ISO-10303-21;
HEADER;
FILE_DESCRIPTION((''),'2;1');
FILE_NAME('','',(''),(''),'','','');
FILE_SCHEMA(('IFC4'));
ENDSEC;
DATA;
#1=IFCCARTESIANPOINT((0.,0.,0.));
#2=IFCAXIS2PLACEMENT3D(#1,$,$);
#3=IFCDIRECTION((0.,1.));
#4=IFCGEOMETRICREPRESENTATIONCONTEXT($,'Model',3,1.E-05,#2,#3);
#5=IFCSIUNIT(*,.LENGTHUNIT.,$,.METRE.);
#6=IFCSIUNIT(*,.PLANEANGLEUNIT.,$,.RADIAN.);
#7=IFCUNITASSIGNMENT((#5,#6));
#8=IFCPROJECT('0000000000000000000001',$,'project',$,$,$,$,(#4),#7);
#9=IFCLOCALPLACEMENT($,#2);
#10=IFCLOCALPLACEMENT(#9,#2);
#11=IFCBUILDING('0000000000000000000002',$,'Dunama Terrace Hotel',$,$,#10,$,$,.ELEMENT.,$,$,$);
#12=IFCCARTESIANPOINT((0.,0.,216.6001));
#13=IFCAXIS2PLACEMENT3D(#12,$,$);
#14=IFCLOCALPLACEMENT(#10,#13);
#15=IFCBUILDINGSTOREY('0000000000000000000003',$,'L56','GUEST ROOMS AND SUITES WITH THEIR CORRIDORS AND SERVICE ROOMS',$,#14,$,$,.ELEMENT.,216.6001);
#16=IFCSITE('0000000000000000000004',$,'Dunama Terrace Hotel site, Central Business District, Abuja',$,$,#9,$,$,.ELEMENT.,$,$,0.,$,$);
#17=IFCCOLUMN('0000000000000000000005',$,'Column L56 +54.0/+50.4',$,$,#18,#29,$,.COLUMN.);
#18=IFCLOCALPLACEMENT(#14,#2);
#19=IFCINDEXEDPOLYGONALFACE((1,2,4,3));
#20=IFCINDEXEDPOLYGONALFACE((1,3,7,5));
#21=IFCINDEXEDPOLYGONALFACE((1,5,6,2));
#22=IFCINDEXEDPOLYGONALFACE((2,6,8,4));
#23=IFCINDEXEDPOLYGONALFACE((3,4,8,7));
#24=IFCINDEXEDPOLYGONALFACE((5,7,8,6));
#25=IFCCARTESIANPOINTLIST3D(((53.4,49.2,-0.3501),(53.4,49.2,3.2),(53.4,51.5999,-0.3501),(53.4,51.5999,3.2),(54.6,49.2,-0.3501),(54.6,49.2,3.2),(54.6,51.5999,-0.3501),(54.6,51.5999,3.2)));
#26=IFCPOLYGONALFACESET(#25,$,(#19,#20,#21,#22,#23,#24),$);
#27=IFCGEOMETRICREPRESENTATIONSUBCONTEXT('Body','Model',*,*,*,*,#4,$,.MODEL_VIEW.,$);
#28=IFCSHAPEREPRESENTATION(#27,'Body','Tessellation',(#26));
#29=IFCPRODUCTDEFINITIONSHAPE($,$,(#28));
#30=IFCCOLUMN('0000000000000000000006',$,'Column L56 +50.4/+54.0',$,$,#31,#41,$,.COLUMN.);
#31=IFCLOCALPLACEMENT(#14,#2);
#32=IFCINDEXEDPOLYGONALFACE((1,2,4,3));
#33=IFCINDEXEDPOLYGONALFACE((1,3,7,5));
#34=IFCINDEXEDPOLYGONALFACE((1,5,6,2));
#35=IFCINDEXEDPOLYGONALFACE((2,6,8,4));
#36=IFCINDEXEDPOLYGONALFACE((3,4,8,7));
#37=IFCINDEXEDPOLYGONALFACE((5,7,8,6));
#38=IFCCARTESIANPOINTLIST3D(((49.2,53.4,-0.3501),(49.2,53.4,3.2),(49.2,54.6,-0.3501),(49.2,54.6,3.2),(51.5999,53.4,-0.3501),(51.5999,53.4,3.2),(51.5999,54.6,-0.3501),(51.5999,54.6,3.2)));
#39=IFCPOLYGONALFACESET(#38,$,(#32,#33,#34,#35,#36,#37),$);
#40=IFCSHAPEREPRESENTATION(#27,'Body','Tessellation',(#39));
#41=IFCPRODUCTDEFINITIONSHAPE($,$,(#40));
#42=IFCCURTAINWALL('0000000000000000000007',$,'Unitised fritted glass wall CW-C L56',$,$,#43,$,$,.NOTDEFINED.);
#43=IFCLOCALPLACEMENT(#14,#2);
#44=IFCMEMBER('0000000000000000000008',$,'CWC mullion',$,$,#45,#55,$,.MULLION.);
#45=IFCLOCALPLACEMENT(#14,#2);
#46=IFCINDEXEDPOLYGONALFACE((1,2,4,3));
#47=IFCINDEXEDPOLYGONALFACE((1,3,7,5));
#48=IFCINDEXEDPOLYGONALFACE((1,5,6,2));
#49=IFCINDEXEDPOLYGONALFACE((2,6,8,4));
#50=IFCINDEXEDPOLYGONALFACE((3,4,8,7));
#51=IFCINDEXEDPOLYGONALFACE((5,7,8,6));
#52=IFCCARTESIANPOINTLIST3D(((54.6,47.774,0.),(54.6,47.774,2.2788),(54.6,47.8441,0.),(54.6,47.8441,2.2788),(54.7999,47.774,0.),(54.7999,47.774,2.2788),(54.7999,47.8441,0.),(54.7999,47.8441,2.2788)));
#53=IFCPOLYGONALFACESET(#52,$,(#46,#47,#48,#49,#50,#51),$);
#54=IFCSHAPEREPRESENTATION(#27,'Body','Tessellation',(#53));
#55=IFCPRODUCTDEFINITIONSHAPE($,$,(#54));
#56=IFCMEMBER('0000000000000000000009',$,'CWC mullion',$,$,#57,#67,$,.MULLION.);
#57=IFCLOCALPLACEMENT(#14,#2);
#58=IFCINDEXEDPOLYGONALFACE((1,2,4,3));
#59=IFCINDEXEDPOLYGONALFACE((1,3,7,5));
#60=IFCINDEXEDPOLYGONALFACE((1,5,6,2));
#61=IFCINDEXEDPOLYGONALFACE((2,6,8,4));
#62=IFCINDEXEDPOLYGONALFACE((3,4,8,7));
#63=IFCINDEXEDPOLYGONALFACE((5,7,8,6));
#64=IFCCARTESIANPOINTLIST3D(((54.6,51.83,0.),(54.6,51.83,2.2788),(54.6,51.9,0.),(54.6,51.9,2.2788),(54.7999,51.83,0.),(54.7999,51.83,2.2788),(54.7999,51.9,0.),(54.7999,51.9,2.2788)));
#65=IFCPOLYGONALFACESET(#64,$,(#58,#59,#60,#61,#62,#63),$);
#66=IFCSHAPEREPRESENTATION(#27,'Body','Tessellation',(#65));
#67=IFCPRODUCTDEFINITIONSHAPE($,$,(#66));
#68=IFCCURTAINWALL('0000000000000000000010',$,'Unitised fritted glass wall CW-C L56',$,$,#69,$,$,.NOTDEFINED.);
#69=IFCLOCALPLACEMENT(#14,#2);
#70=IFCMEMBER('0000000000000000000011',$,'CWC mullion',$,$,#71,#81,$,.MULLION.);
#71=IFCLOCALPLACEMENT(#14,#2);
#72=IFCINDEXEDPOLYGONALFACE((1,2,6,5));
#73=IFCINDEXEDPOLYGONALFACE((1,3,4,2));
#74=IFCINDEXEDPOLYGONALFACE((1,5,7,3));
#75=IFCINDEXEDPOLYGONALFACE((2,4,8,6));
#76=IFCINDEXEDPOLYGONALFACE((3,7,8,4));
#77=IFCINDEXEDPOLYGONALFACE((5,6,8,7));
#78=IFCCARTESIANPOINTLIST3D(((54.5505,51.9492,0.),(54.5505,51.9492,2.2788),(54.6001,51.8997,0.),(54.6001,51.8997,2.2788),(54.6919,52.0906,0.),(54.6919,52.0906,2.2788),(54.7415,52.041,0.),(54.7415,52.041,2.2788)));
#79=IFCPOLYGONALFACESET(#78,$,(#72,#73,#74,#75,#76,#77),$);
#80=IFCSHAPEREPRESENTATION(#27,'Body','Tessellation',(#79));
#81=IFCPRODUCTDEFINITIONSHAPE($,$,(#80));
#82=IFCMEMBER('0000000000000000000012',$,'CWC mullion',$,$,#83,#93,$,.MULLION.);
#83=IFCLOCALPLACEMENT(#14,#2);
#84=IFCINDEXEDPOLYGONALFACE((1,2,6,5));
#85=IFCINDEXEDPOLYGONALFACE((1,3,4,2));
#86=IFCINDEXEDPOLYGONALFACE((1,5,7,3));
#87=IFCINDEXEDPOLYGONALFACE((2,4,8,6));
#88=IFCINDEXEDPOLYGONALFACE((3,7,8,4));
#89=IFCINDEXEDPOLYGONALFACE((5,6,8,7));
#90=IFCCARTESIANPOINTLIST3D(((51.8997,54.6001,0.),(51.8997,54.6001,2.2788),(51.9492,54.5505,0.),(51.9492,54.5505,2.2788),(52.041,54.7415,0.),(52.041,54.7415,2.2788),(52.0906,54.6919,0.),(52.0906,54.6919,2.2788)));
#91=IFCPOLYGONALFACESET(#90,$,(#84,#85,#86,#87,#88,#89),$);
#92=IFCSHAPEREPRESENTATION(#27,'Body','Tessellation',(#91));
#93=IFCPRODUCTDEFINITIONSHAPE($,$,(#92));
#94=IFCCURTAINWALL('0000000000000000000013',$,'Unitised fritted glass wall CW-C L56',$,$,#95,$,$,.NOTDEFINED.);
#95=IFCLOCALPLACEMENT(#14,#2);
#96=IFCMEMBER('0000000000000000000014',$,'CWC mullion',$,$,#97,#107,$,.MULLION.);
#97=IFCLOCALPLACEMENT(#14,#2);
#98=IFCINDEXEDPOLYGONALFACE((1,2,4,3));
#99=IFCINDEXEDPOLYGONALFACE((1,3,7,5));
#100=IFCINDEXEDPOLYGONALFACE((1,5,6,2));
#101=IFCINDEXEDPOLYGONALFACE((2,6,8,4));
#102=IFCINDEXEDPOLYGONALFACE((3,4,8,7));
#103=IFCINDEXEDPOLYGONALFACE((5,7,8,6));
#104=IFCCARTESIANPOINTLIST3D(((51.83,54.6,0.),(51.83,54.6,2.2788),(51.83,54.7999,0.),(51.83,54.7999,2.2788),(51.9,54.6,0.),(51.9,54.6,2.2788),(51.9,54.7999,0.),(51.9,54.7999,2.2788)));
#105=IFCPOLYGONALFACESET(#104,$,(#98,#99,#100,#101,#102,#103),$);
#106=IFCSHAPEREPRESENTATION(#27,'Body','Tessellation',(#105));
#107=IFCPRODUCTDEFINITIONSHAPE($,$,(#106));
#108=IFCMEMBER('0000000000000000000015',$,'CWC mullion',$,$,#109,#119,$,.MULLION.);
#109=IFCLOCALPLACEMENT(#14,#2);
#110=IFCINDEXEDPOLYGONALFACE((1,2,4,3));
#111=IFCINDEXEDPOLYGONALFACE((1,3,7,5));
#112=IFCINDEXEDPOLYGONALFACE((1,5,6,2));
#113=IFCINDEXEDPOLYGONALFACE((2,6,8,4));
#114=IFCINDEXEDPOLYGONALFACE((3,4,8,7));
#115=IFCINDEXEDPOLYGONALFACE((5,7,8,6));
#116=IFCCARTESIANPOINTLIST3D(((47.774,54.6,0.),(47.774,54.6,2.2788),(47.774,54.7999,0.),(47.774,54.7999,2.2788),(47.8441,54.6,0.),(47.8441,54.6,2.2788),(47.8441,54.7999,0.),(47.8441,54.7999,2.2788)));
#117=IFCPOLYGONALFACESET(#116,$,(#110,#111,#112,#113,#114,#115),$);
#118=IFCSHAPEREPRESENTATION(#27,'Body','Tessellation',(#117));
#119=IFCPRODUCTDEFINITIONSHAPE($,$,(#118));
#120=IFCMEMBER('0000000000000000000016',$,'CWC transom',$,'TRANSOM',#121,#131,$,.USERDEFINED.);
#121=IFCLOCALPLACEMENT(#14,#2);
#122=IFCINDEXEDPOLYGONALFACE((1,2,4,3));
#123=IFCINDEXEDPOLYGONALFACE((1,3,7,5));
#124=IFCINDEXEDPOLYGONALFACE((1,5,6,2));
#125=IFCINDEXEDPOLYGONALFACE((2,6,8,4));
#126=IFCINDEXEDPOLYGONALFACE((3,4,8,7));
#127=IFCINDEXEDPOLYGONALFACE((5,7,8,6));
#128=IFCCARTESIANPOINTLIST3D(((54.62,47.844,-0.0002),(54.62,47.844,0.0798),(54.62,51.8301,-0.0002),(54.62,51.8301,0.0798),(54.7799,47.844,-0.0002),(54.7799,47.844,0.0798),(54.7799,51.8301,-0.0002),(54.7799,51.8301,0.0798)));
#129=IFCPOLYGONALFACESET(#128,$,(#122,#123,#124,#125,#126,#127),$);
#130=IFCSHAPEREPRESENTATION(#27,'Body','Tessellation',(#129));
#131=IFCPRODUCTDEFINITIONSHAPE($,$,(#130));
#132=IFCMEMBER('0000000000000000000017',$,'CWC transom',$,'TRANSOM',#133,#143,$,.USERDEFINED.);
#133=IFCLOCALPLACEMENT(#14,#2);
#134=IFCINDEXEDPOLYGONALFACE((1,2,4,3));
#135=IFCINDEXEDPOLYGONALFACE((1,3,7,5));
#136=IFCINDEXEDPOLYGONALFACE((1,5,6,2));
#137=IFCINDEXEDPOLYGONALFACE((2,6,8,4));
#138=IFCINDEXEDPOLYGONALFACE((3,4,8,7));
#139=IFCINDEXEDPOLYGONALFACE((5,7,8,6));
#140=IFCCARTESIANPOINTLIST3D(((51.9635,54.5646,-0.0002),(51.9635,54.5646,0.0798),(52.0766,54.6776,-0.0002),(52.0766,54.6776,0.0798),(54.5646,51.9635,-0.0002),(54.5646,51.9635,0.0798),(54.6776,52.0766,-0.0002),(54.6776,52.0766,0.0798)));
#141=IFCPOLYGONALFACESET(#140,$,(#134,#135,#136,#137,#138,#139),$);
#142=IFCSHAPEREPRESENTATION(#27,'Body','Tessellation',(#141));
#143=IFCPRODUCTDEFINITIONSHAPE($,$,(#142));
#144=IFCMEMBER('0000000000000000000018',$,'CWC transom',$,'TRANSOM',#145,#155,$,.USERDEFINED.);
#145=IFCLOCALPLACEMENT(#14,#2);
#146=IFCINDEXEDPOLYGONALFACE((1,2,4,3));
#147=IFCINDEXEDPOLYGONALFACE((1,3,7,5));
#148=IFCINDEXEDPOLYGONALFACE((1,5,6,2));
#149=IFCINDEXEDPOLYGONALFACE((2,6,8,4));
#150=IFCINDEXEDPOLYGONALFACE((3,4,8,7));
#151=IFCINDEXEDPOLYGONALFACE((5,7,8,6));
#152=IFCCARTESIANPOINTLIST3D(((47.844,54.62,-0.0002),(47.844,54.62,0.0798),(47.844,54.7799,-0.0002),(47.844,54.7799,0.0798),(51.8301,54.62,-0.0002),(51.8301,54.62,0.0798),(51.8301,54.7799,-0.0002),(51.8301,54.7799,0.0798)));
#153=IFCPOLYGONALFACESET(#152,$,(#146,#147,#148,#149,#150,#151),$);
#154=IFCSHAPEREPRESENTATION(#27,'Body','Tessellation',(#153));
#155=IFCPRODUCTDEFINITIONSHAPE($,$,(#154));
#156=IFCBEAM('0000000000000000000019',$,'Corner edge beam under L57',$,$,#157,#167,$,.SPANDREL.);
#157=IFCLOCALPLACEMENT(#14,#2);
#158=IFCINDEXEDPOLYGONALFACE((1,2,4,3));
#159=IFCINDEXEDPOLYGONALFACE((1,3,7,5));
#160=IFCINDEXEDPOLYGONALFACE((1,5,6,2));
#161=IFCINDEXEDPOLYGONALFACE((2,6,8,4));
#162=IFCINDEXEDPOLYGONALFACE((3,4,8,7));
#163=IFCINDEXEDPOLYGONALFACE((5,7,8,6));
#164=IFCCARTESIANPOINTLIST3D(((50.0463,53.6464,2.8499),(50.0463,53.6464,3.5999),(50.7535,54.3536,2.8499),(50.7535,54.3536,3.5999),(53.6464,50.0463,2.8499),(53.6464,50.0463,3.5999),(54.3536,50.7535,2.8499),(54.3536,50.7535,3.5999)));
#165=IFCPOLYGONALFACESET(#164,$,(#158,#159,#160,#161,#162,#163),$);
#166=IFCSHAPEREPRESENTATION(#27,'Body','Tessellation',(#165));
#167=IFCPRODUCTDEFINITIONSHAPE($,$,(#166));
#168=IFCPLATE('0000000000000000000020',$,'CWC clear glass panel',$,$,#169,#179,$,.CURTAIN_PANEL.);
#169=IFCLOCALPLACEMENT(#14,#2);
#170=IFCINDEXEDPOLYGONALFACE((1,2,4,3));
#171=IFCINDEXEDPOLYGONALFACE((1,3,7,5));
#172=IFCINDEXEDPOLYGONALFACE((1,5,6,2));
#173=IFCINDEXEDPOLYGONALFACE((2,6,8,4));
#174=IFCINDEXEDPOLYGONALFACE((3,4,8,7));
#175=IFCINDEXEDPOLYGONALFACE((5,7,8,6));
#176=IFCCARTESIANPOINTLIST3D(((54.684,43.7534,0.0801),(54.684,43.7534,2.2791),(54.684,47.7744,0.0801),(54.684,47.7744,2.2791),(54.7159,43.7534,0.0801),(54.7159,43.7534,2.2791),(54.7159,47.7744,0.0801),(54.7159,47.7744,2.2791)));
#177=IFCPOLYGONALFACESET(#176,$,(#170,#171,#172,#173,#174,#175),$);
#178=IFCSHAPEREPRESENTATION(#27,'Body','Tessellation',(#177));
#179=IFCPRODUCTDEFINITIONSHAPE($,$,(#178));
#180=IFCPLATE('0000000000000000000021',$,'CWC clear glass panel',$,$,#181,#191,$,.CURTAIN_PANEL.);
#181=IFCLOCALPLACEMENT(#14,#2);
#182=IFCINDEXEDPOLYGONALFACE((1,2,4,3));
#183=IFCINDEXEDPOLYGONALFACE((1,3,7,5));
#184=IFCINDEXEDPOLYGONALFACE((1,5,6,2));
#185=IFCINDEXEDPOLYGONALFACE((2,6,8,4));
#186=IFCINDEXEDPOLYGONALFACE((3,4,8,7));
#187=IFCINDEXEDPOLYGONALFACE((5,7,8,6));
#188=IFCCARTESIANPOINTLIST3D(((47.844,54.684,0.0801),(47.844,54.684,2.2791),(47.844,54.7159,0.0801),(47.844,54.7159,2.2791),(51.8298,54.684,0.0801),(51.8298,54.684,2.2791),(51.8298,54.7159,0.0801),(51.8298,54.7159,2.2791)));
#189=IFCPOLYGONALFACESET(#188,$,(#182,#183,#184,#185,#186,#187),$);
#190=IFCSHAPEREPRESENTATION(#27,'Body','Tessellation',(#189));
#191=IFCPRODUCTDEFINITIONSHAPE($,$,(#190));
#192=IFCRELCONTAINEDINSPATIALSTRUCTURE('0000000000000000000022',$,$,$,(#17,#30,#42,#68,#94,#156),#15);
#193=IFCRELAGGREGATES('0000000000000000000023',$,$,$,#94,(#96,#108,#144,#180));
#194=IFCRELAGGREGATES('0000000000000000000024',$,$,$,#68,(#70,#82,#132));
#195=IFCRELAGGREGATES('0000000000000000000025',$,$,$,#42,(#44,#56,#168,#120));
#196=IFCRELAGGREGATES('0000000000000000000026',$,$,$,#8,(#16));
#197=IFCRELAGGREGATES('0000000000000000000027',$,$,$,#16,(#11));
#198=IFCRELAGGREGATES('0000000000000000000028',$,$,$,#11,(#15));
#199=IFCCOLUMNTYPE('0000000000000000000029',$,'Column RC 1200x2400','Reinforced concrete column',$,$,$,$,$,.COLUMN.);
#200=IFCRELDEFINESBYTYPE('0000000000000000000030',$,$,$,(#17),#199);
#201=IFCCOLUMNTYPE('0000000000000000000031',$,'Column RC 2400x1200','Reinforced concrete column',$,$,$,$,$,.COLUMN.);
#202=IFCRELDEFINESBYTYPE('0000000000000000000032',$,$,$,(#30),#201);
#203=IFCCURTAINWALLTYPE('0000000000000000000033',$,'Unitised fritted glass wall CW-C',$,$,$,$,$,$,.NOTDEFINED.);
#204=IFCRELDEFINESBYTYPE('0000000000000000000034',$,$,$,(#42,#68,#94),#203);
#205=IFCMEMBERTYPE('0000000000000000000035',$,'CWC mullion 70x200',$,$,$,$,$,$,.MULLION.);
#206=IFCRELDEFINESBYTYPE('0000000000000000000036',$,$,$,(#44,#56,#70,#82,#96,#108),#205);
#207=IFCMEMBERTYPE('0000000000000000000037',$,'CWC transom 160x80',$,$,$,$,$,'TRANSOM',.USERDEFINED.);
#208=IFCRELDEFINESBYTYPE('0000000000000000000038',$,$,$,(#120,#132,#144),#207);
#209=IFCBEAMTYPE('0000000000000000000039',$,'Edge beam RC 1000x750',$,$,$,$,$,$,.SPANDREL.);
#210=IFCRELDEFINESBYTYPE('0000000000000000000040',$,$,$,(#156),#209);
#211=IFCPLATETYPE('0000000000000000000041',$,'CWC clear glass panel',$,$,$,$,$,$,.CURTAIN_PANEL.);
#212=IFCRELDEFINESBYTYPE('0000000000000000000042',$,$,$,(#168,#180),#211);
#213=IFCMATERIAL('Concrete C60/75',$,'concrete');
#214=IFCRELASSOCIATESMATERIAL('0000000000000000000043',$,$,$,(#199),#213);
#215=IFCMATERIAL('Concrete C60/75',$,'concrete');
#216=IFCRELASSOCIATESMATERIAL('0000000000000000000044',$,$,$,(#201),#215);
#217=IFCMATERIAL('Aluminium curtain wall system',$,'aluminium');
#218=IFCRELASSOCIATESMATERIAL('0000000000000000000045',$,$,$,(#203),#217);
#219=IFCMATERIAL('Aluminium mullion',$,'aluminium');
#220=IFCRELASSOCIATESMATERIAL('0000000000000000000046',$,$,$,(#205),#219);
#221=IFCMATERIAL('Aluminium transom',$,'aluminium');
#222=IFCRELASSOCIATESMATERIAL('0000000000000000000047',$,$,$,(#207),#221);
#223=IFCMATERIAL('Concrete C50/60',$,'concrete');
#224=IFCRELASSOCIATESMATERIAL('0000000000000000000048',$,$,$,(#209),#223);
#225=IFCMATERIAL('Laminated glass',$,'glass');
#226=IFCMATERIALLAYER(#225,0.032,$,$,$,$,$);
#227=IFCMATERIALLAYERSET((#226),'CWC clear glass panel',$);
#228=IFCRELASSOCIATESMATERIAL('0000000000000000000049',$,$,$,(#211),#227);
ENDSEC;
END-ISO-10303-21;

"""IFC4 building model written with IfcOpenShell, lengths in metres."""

from ifc_helpers import new_model, si_unit, direction, frame, origin, origin_2d, place, context, subcontext, project, spatial, rectangle, extrude, material, layer, layer_set, material_profile, profile_set, type_object, element, aggregate, save


model = new_model("IFC4")

# Units and contexts
model_context = context("Model", 3, precision=1e-05, world=origin(), true_north=direction((0.0, 1.0)))
body_context = subcontext(model_context, "Body", "Model", "MODEL_VIEW")
ifc_project = project(units=[si_unit("LENGTHUNIT", "METRE"), si_unit("PLANEANGLEUNIT", "RADIAN")], contexts=[model_context])

# Site, building, storey
site_placement = place(None, origin())
site = spatial("IfcSite", under=ifc_project, at=site_placement, Name="Dunama Terrace Hotel site, Central Business District, Abuja", CompositionType="ELEMENT", RefElevation=0.0)
building_placement = place(site_placement, origin())
building = spatial("IfcBuilding", under=site, at=building_placement, Name="Dunama Terrace Hotel", CompositionType="ELEMENT")
storey_placement = place(building_placement, frame((0.0, 0.0, 216.6001)))
storey = spatial("IfcBuildingStorey", under=building, at=storey_placement, Name="L56", Description="GUEST ROOMS AND SUITES WITH THEIR CORRIDORS AND SERVICE ROOMS", CompositionType="ELEMENT", Elevation=216.6001)

# Columns
ifc_material_1 = material(Name="Concrete C60/75", Category="concrete")
ifc_material_profile_1 = material_profile(ifc_material_1, rectangle(XDim=1.2, YDim=2.3999, at=origin_2d()), Name="RC 1200x2400")
ifc_profile_set_1 = profile_set([ifc_material_profile_1], Name="Concrete C60/75")
column_type_1 = type_object("IfcColumnType", Name="Column RC 1200x2400", Description="Reinforced concrete column", PredefinedType="COLUMN", material=ifc_profile_set_1)
column_1_placement = place(storey_placement, frame((54.0, 50.3999, -0.3501), z_axis=(0.0, 0.0, 1.0), x_axis=(1.0, 0.0, 0.0)))
element("IfcColumn", 1, at=column_1_placement, inside=storey, type_object=column_type_1, Name="Column L56 +54.0/+50.4", PredefinedType="COLUMN", context=body_context, shape_type="SweptSolid", body=[
    extrude(rectangle(XDim=1.2, YDim=2.3999, at=origin_2d()), origin(), (0.0, 0.0, 1.0), 3.55),
])
ifc_material_2 = material(Name="Concrete C60/75", Category="concrete")
ifc_material_profile_2 = material_profile(ifc_material_2, rectangle(XDim=2.3999, YDim=1.2, at=origin_2d()), Name="RC 2400x1200")
ifc_profile_set_2 = profile_set([ifc_material_profile_2], Name="Concrete C60/75")
column_type_2 = type_object("IfcColumnType", Name="Column RC 2400x1200", Description="Reinforced concrete column", PredefinedType="COLUMN", material=ifc_profile_set_2)
column_2_placement = place(storey_placement, frame((50.3999, 54.0, -0.3501), z_axis=(0.0, 0.0, 1.0), x_axis=(1.0, 0.0, 0.0)))
element("IfcColumn", 2, at=column_2_placement, inside=storey, type_object=column_type_2, Name="Column L56 +50.4/+54.0", PredefinedType="COLUMN", context=body_context, shape_type="SweptSolid", body=[
    extrude(rectangle(XDim=2.3999, YDim=1.2, at=origin_2d()), origin(), (0.0, 0.0, 1.0), 3.55),
])

# Curtain walls, members
ifc_material_3 = material(Name="Aluminium curtain wall system", Category="aluminium")
curtain_wall_type = type_object("IfcCurtainWallType", Name="Unitised fritted glass wall CW-C", PredefinedType="NOTDEFINED", material=ifc_material_3)
curtain_wall_1_placement = place(storey_placement, origin())
curtain_wall_1 = element("IfcCurtainWall", 3, at=curtain_wall_1_placement, inside=storey, type_object=curtain_wall_type, Name="Unitised fritted glass wall CW-C L56", PredefinedType="NOTDEFINED")
ifc_material_4 = material(Name="Aluminium mullion", Category="aluminium")
ifc_material_profile_3 = material_profile(ifc_material_4, rectangle(XDim=0.0701, YDim=0.2, at=origin_2d()), Name="CWC MULLION 70X200")
ifc_profile_set_3 = profile_set([ifc_material_profile_3], Name="Aluminium mullion")
member_type_1 = type_object("IfcMemberType", Name="CWC mullion 70x200", PredefinedType="MULLION", material=ifc_profile_set_3)
member_1_placement = place(storey_placement, frame((54.7, 47.8091, 0.0), z_axis=(0.0, 0.0, 1.0), x_axis=(0.0, 1.0, 0.0)))
member_1 = element("IfcMember", 4, at=member_1_placement, type_object=member_type_1, Name="CWC mullion", PredefinedType="MULLION", context=body_context, shape_type="SweptSolid", body=[
    extrude(rectangle(XDim=0.0701, YDim=0.2, at=origin_2d()), origin(), (0.0, 0.0, 1.0), 2.2788),
])
member_2_placement = place(storey_placement, frame((54.7, 51.865, 0.0), z_axis=(0.0, 0.0, 1.0), x_axis=(0.0, 1.0, 0.0)))
member_2 = element("IfcMember", 5, at=member_2_placement, type_object=member_type_1, Name="CWC mullion", PredefinedType="MULLION", context=body_context, shape_type="SweptSolid", body=[
    extrude(rectangle(XDim=0.0701, YDim=0.2, at=origin_2d()), origin(), (0.0, 0.0, 1.0), 2.2788),
])
curtain_wall_2_placement = place(storey_placement, origin())
curtain_wall_2 = element("IfcCurtainWall", 6, at=curtain_wall_2_placement, inside=storey, type_object=curtain_wall_type, Name="Unitised fritted glass wall CW-C L56", PredefinedType="NOTDEFINED")
member_3_placement = place(storey_placement, frame((54.646, 51.9951, 0.0), z_axis=(0.0, 0.0, 1.0), x_axis=(-0.707107, 0.707107, 0.0)))
member_3 = element("IfcMember", 7, at=member_3_placement, type_object=member_type_1, Name="CWC mullion", PredefinedType="MULLION", context=body_context, shape_type="SweptSolid", body=[
    extrude(rectangle(XDim=0.0701, YDim=0.2, at=origin_2d()), origin(), (0.0, 0.0, 1.0), 2.2788),
])
member_4_placement = place(storey_placement, frame((51.9951, 54.646, 0.0), z_axis=(0.0, 0.0, 1.0), x_axis=(-0.707107, 0.707107, 0.0)))
member_4 = element("IfcMember", 8, at=member_4_placement, type_object=member_type_1, Name="CWC mullion", PredefinedType="MULLION", context=body_context, shape_type="SweptSolid", body=[
    extrude(rectangle(XDim=0.0701, YDim=0.2, at=origin_2d()), origin(), (0.0, 0.0, 1.0), 2.2788),
])
curtain_wall_3_placement = place(storey_placement, origin())
curtain_wall_3 = element("IfcCurtainWall", 9, at=curtain_wall_3_placement, inside=storey, type_object=curtain_wall_type, Name="Unitised fritted glass wall CW-C L56", PredefinedType="NOTDEFINED")
member_5_placement = place(storey_placement, frame((51.865, 54.7, 0.0), z_axis=(0.0, 0.0, 1.0), x_axis=(-1.0, 0.0, 0.0)))
member_5 = element("IfcMember", 10, at=member_5_placement, type_object=member_type_1, Name="CWC mullion", PredefinedType="MULLION", context=body_context, shape_type="SweptSolid", body=[
    extrude(rectangle(XDim=0.0701, YDim=0.2, at=origin_2d()), origin(), (0.0, 0.0, 1.0), 2.2788),
])
member_6_placement = place(storey_placement, frame((47.8091, 54.7, 0.0), z_axis=(0.0, 0.0, 1.0), x_axis=(-1.0, 0.0, 0.0)))
member_6 = element("IfcMember", 11, at=member_6_placement, type_object=member_type_1, Name="CWC mullion", PredefinedType="MULLION", context=body_context, shape_type="SweptSolid", body=[
    extrude(rectangle(XDim=0.0701, YDim=0.2, at=origin_2d()), origin(), (0.0, 0.0, 1.0), 2.2788),
])

# Members
ifc_material_5 = material(Name="Aluminium transom", Category="aluminium")
ifc_material_profile_4 = material_profile(ifc_material_5, rectangle(XDim=0.1599, YDim=0.0801, at=origin_2d()), Name="CWC TRANSOM 160X80")
ifc_profile_set_4 = profile_set([ifc_material_profile_4], Name="Aluminium transom")
member_type_2 = type_object("IfcMemberType", Name="CWC transom 160x80", ElementType="TRANSOM", PredefinedType="USERDEFINED", material=ifc_profile_set_4)
member_7_placement = place(storey_placement, frame((54.7, 47.844, 0.0398), z_axis=(0.0, 1.0, 0.0), x_axis=(-1.0, 0.0, 0.0)))
member_7 = element("IfcMember", 12, at=member_7_placement, type_object=member_type_2, Name="CWC transom", ObjectType="TRANSOM", PredefinedType="USERDEFINED", context=body_context, shape_type="SweptSolid", body=[
    extrude(rectangle(XDim=0.1599, YDim=0.0801, at=origin_2d()), origin(), (0.0, 0.0, 1.0), 3.9861),
])
member_8_placement = place(storey_placement, frame((54.6211, 52.02, 0.0398), z_axis=(-0.707107, 0.707107, 0.0), x_axis=(-0.707107, -0.707107, 0.0)))
member_8 = element("IfcMember", 13, at=member_8_placement, type_object=member_type_2, Name="CWC transom", ObjectType="TRANSOM", PredefinedType="USERDEFINED", context=body_context, shape_type="SweptSolid", body=[
    extrude(rectangle(XDim=0.1599, YDim=0.0801, at=origin_2d()), origin(), (0.0, 0.0, 1.0), 3.6785),
])
member_9_placement = place(storey_placement, frame((51.8301, 54.7, 0.0398), z_axis=(-1.0, 0.0, 0.0), x_axis=(0.0, -1.0, 0.0)))
member_9 = element("IfcMember", 14, at=member_9_placement, type_object=member_type_2, Name="CWC transom", ObjectType="TRANSOM", PredefinedType="USERDEFINED", context=body_context, shape_type="SweptSolid", body=[
    extrude(rectangle(XDim=0.1599, YDim=0.0801, at=origin_2d()), origin(), (0.0, 0.0, 1.0), 3.9861),
])

# Beam
ifc_material_6 = material(Name="Concrete C50/60", Category="concrete")
ifc_material_profile_5 = material_profile(ifc_material_6, rectangle(XDim=1.0, YDim=0.75, at=origin_2d()), Name="RC 1000x750")
ifc_profile_set_5 = profile_set([ifc_material_profile_5], Name="Concrete C50/60")
beam_type = type_object("IfcBeamType", Name="Edge beam RC 1000x750", PredefinedType="SPANDREL", material=ifc_profile_set_5)
beam_placement = place(storey_placement, frame((50.3999, 54.0, 3.2249), z_axis=(0.707107, -0.707107, 0.0), x_axis=(0.707107, 0.707107, 0.0)))
element("IfcBeam", 15, at=beam_placement, inside=storey, type_object=beam_type, Name="Corner edge beam under L57", PredefinedType="SPANDREL", context=body_context, shape_type="SweptSolid", body=[
    extrude(rectangle(XDim=1.0, YDim=0.75, at=origin_2d()), origin(), (0.0, 0.0, 1.0), 5.0913),
])

# Plates
ifc_material_7 = material(Name="Laminated glass", Category="glass")
ifc_layer_1 = layer(ifc_material_7, 0.032)
ifc_layer_set_1 = layer_set([ifc_layer_1], Name="CWC clear glass panel")
plate_type_1 = type_object("IfcPlateType", Name="CWC clear glass panel", PredefinedType="CURTAIN_PANEL", material=ifc_layer_set_1)
plate_1_placement = place(storey_placement, frame((54.7, 45.7639, 0.0801), z_axis=(0.0, 0.0, 1.0), x_axis=(0.0, 1.0, 0.0)))
plate_1 = element("IfcPlate", 16, at=plate_1_placement, type_object=plate_type_1, Name="CWC clear glass panel", PredefinedType="CURTAIN_PANEL", context=body_context, shape_type="SweptSolid", body=[
    extrude(rectangle(XDim=4.021, YDim=0.032, at=origin_2d()), origin(), (0.0, 0.0, 1.0), 2.199),
])
plate_2_placement = place(storey_placement, frame((49.8369, 54.7, 0.0801), z_axis=(0.0, 0.0, 1.0), x_axis=(-1.0, 0.0, 0.0)))
plate_2 = element("IfcPlate", 17, at=plate_2_placement, type_object=plate_type_1, Name="CWC clear glass panel", PredefinedType="CURTAIN_PANEL", context=body_context, shape_type="SweptSolid", body=[
    extrude(rectangle(XDim=3.9858, YDim=0.032, at=origin_2d()), origin(), (0.0, 0.0, 1.0), 2.199),
])
aggregate(curtain_wall_3, [member_5, member_6, member_9, plate_2])
aggregate(curtain_wall_2, [member_3, member_4, member_8])
aggregate(curtain_wall_1, [member_1, member_2, plate_1, member_7])

save(model, "model.ifc")
